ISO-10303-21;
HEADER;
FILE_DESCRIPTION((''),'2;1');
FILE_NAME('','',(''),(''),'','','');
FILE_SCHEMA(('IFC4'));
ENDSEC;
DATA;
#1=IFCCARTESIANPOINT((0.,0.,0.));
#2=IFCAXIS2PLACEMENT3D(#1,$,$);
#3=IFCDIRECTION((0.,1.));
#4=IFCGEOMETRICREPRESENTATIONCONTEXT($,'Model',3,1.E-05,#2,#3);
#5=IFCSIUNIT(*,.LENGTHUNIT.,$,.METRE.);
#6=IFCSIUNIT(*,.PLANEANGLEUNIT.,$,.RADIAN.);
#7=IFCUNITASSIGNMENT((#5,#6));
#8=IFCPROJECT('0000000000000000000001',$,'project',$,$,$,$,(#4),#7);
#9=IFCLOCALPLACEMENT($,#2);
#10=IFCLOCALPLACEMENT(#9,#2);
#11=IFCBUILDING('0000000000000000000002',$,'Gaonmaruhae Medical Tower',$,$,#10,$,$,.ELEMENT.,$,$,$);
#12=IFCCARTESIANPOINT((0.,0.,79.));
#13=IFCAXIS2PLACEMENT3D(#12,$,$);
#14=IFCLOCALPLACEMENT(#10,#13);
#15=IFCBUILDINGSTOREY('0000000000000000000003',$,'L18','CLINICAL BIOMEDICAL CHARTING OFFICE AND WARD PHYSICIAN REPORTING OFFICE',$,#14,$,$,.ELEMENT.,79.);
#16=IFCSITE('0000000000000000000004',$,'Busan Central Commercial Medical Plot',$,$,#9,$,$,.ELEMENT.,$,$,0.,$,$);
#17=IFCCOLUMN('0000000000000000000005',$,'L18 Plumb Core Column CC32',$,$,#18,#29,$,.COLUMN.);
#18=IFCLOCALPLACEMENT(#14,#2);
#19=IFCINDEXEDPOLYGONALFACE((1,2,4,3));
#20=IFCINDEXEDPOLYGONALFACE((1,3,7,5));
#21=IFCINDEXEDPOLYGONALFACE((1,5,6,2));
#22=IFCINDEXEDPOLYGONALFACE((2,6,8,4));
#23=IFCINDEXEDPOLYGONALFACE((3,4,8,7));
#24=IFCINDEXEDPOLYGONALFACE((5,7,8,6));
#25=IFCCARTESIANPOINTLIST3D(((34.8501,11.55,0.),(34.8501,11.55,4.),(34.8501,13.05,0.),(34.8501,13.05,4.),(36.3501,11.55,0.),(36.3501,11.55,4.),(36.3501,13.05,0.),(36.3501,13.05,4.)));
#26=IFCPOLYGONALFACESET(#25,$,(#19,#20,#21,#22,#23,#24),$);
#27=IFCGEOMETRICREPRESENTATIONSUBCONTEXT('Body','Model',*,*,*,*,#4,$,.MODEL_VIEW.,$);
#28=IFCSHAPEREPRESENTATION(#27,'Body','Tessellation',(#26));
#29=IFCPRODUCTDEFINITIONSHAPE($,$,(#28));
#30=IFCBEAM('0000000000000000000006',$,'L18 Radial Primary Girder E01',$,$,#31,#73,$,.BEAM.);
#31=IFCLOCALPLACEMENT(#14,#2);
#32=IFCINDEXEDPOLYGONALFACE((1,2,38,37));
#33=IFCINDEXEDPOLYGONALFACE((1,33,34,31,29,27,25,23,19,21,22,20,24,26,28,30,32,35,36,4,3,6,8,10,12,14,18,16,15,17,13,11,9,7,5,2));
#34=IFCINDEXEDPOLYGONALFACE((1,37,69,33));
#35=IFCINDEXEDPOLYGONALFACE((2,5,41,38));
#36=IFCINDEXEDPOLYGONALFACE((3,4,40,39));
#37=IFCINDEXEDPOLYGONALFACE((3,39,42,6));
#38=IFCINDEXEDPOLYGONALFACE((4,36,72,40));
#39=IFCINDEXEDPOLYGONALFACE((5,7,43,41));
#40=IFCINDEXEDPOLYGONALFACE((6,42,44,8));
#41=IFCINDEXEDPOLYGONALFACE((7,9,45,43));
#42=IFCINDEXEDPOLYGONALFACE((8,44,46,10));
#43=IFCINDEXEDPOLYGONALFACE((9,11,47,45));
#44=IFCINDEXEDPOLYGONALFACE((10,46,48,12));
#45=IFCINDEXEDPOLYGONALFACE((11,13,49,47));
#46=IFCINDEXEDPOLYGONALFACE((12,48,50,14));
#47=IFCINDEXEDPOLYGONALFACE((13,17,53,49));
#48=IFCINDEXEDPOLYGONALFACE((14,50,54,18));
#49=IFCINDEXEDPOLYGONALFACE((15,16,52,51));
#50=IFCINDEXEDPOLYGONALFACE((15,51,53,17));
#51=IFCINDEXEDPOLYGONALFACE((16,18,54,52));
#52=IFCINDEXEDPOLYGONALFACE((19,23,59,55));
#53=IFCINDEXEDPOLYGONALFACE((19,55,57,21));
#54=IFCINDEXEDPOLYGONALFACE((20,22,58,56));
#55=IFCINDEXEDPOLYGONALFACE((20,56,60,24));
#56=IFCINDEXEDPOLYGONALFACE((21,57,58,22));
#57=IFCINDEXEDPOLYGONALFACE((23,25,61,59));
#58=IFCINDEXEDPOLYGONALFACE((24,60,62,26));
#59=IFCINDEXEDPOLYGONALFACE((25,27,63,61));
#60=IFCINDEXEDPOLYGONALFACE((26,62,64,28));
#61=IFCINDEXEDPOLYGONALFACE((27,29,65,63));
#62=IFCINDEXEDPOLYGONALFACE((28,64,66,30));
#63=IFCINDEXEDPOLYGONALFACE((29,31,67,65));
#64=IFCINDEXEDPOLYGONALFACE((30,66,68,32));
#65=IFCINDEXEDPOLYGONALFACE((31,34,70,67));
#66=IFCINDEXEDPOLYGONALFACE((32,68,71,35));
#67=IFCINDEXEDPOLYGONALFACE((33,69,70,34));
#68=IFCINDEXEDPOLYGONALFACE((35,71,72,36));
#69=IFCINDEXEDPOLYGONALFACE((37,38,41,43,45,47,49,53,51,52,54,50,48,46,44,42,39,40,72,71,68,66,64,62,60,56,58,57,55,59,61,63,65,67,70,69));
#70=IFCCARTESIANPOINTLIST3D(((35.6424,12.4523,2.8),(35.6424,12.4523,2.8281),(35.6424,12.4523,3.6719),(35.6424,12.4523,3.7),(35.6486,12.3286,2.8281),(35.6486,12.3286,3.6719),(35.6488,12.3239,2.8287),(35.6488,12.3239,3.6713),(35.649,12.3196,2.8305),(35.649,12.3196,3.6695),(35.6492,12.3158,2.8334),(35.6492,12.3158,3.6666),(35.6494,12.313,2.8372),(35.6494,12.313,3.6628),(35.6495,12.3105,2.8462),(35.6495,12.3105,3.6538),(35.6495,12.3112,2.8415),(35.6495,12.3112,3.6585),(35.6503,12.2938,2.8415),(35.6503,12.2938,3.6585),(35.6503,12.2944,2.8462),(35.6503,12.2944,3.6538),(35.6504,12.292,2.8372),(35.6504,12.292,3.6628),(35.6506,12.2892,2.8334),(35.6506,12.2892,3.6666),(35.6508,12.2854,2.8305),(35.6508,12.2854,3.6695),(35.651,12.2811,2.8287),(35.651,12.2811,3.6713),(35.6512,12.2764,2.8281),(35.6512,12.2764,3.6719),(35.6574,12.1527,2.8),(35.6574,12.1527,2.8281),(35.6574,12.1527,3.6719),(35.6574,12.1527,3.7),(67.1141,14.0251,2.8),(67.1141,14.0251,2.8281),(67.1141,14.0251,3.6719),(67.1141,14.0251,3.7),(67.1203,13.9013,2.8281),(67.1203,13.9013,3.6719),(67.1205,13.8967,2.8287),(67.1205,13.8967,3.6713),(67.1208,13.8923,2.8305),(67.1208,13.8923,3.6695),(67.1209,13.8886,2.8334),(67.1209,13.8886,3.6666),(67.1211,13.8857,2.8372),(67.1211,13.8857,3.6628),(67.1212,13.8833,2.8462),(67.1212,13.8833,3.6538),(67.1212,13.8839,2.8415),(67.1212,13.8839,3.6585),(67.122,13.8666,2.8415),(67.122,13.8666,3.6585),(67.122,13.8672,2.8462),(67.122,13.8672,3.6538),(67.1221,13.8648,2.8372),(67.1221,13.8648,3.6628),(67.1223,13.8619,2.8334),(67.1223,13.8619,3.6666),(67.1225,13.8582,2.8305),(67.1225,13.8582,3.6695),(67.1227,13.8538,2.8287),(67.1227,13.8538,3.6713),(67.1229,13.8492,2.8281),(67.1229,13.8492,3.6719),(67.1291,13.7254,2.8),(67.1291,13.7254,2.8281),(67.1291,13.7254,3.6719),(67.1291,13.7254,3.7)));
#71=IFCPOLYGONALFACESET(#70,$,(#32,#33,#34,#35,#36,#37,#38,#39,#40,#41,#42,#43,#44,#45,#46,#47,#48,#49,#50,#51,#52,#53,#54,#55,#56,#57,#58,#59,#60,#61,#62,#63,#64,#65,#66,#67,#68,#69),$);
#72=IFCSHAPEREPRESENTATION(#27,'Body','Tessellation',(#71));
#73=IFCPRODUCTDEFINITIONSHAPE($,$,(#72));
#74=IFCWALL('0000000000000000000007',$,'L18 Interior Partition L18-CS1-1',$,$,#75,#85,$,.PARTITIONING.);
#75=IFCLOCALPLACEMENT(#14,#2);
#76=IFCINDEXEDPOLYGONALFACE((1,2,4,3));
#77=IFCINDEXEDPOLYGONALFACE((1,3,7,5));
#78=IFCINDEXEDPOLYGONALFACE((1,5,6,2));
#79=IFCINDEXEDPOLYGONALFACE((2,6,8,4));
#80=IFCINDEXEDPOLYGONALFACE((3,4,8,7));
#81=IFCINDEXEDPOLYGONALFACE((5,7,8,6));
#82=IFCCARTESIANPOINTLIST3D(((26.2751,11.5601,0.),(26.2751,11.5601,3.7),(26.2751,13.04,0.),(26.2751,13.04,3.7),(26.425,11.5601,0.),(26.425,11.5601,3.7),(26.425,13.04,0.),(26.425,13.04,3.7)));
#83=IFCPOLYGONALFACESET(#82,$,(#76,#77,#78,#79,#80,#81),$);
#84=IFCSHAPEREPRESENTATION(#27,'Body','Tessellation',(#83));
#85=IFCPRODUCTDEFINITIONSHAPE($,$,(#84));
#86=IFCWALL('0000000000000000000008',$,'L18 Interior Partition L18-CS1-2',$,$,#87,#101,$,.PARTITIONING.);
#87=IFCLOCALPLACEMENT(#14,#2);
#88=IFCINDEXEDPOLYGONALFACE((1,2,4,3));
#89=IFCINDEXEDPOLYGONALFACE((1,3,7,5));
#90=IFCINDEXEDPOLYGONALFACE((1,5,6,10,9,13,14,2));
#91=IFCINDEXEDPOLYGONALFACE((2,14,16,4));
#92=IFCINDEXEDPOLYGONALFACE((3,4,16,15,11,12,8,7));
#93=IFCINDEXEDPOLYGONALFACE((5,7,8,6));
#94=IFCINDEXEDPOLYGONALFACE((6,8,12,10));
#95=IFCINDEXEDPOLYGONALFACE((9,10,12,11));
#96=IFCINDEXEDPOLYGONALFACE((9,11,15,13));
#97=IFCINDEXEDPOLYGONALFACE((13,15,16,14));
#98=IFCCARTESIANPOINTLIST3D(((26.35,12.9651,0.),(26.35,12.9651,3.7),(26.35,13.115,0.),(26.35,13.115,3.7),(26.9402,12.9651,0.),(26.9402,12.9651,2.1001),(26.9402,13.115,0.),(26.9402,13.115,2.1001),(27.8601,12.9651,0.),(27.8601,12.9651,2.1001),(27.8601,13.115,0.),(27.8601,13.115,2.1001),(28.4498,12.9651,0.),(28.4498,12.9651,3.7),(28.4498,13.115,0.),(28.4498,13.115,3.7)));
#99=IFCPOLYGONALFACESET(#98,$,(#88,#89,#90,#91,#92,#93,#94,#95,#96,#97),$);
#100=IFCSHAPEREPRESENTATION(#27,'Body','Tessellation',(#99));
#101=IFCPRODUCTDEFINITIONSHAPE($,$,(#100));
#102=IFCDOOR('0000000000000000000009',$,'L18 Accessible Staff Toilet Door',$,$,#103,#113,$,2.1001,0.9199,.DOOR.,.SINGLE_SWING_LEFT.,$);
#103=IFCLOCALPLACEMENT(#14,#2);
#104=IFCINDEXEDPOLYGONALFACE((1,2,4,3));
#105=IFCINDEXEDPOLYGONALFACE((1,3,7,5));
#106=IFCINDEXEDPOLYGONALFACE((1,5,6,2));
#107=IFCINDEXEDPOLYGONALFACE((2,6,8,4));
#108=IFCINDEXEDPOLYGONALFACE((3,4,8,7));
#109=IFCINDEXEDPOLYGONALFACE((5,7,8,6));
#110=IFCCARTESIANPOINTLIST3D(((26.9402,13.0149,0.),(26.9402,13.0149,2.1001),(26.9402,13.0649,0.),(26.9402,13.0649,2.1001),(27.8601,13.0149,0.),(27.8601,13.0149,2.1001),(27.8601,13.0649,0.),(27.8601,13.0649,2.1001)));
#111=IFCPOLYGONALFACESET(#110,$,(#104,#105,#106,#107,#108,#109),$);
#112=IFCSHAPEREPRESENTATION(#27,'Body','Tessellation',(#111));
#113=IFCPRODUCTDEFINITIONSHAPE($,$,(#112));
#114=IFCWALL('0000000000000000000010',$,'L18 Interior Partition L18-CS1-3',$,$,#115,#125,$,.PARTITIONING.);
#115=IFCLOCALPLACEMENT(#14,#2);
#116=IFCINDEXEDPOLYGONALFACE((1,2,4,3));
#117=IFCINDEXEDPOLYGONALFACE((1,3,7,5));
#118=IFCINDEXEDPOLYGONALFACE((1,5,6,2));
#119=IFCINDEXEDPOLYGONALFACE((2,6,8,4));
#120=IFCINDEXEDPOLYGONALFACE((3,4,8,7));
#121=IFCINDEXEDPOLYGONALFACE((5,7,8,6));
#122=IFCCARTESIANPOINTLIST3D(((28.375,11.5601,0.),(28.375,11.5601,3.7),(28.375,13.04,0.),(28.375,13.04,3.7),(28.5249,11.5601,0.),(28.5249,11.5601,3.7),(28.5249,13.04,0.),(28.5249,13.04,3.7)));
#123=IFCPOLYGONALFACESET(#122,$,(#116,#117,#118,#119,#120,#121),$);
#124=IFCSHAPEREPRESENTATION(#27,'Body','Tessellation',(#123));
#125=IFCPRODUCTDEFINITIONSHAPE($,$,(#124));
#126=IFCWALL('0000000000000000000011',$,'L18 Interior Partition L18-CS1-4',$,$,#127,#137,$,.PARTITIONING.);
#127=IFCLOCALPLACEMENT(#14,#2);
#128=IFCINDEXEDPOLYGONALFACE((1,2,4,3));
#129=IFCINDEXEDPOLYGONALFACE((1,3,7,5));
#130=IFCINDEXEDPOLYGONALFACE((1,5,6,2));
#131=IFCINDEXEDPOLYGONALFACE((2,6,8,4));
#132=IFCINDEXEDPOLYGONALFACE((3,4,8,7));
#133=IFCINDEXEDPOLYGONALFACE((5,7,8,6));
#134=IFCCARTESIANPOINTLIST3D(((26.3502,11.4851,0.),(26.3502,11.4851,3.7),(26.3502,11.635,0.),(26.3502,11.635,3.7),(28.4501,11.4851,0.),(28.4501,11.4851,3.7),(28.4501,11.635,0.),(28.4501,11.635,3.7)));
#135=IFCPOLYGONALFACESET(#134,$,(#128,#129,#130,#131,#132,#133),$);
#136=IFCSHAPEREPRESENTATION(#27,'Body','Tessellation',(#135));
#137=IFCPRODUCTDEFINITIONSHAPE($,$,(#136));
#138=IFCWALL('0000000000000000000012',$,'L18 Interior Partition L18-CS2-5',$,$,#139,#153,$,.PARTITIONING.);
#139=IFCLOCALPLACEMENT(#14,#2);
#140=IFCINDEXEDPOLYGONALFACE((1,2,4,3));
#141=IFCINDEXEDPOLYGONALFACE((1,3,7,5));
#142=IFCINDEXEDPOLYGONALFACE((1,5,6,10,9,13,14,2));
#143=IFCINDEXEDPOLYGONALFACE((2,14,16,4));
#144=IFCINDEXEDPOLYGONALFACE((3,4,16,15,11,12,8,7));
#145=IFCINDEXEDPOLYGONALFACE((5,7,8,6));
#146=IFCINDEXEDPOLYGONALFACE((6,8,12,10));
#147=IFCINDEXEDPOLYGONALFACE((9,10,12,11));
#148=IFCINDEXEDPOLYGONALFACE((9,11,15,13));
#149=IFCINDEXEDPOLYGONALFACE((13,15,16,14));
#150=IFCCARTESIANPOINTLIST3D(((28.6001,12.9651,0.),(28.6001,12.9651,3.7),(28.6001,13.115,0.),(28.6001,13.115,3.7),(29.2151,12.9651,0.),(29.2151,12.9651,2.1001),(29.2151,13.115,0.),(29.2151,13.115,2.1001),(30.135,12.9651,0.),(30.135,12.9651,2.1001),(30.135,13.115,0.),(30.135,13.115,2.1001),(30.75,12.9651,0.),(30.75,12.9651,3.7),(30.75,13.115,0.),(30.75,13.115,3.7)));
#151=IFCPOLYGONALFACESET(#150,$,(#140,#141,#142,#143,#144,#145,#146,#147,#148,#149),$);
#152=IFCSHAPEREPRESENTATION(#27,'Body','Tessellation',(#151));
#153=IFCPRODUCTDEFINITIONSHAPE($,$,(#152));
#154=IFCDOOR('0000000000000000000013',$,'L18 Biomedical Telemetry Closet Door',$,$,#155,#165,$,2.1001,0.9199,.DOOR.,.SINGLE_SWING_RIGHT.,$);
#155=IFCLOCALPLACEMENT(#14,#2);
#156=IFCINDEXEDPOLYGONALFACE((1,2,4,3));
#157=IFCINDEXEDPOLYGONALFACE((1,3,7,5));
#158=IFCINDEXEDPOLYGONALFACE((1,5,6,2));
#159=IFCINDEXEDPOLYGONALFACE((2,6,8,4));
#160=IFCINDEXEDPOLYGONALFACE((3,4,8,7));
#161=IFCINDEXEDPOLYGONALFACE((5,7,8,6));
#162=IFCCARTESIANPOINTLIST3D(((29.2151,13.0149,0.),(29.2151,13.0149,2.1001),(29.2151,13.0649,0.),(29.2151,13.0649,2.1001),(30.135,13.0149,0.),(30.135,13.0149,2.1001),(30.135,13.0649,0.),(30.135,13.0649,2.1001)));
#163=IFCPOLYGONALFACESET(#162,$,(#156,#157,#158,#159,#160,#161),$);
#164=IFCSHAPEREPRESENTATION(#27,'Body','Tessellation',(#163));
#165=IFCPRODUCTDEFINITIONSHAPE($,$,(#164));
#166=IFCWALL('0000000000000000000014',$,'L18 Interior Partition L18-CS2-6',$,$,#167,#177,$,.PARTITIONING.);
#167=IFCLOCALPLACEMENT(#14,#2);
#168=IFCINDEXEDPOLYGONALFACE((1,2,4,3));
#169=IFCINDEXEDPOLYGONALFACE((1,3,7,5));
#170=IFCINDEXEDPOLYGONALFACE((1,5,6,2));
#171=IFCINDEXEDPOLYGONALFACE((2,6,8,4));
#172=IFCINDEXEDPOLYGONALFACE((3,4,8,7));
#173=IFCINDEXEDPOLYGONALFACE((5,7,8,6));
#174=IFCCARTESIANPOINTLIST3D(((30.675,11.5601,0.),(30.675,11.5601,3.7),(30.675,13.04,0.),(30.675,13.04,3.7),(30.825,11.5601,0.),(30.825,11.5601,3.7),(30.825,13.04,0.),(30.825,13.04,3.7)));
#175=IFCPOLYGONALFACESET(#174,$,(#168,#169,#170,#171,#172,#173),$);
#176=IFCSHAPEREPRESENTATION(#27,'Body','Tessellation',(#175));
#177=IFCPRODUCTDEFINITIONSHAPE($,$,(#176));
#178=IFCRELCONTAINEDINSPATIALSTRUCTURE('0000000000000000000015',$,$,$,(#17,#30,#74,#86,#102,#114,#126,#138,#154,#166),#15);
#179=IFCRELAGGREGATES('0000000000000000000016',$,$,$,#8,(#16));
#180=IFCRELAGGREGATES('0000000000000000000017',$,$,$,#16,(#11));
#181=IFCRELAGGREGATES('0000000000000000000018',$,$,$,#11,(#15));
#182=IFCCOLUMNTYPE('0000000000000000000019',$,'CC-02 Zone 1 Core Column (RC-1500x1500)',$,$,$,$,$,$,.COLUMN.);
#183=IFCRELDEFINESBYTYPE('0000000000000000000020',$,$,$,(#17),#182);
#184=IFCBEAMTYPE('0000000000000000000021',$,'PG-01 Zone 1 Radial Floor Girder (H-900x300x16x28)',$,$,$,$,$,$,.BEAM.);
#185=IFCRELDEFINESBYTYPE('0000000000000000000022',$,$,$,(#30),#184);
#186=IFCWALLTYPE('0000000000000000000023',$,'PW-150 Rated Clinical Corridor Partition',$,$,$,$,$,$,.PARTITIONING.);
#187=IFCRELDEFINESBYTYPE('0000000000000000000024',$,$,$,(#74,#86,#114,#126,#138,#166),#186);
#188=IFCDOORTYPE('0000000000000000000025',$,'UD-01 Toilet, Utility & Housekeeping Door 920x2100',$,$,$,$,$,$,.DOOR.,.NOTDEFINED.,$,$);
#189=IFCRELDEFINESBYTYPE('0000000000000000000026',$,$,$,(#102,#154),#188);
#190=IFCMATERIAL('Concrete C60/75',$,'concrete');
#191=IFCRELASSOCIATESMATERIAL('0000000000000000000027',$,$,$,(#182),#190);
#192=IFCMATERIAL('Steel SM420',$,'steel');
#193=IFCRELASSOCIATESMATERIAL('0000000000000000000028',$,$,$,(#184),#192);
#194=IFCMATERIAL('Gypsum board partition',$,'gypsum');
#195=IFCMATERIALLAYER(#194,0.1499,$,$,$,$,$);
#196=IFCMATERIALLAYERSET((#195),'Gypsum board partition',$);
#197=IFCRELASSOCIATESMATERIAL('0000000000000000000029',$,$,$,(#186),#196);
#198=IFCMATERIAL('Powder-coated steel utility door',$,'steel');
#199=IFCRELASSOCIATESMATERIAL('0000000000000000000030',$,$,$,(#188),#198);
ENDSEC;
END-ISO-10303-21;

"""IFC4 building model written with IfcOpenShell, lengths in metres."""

from ifc_helpers import new_model, si_unit, direction, frame, frame_2d, origin, origin_2d, place, context, subcontext, project, spatial, rectangle, i_section, extrude, material, layer, layer_set, material_profile, profile_set, type_object, element, fill, save


model = new_model("IFC4")

# Units and contexts
model_context = context("Model", 3, precision=1e-05, world=origin(), true_north=direction((0.0, 1.0)))
body_context = subcontext(model_context, "Body", "Model", "MODEL_VIEW")
ifc_project = project(units=[si_unit("LENGTHUNIT", "METRE"), si_unit("PLANEANGLEUNIT", "RADIAN")], contexts=[model_context])

# Site, building, storey
site_placement = place(None, origin())
site = spatial("IfcSite", under=ifc_project, at=site_placement, Name="Busan Central Commercial Medical Plot", CompositionType="ELEMENT", RefElevation=0.0)
building_placement = place(site_placement, origin())
building = spatial("IfcBuilding", under=site, at=building_placement, Name="Gaonmaruhae Medical Tower", CompositionType="ELEMENT")
storey_placement = place(building_placement, frame((0.0, 0.0, 79.0)))
storey = spatial("IfcBuildingStorey", under=building, at=storey_placement, Name="L18", Description="CLINICAL BIOMEDICAL CHARTING OFFICE AND WARD PHYSICIAN REPORTING OFFICE", CompositionType="ELEMENT", Elevation=79.0)

# Column
ifc_material_1 = material(Name="Concrete C60/75", Category="concrete")
ifc_material_profile_1 = material_profile(ifc_material_1, rectangle(XDim=1.5, YDim=1.5, at=origin_2d()), Name="RC-1500x1500")
ifc_profile_set_1 = profile_set([ifc_material_profile_1], Name="Concrete C60/75")
column_type = type_object("IfcColumnType", Name="CC-02 Zone 1 Core Column (RC-1500x1500)", PredefinedType="COLUMN", material=ifc_profile_set_1)
column_placement = place(storey_placement, frame((35.6001, 12.3, 0.0), z_axis=(0.0, 0.0, 1.0), x_axis=(1.0, 0.0, 0.0)))
element("IfcColumn", 1, at=column_placement, inside=storey, type_object=column_type, Name="L18 Plumb Core Column CC32", PredefinedType="COLUMN", context=body_context, shape_type="SweptSolid", body=[
    extrude(rectangle(XDim=1.5, YDim=1.5, at=origin_2d()), origin(), (0.0, 0.0, 1.0), 4.0),
])

# Beam
ifc_material_2 = material(Name="Steel SM420", Category="steel")
ifc_material_profile_2 = material_profile(ifc_material_2, i_section(OverallWidth=0.3, OverallDepth=0.8999, WebThickness=0.0161, FlangeThickness=0.0281, FilletRadius=0.0181, at=origin_2d()), Name="H-900x300x16x28")
ifc_profile_set_2 = profile_set([ifc_material_profile_2], Name="Steel SM420")
beam_type = type_object("IfcBeamType", Name="PG-01 Zone 1 Radial Floor Girder (H-900x300x16x28)", PredefinedType="BEAM", material=ifc_profile_set_2)
beam_placement = place(storey_placement, frame((35.6499, 12.3025, 3.25), z_axis=(0.998754, 0.049911, 0.0), x_axis=(-0.049911, 0.998754, 0.0)))
element("IfcBeam", 2, at=beam_placement, inside=storey, type_object=beam_type, Name="L18 Radial Primary Girder E01", PredefinedType="BEAM", context=body_context, shape_type="SweptSolid", body=[
    extrude(i_section(OverallWidth=0.3, OverallDepth=0.8999, WebThickness=0.0161, FlangeThickness=0.0281, FilletRadius=0.0181, at=origin_2d()), origin(), (0.0, 0.0, 1.0), 31.511),
])

# Wall
ifc_material_3 = material(Name="Gypsum board partition", Category="gypsum")
ifc_layer_1 = layer(ifc_material_3, 0.1499)
ifc_layer_set_1 = layer_set([ifc_layer_1], Name="Gypsum board partition")
wall_type_1 = type_object("IfcWallType", Name="PW-150 Rated Clinical Corridor Partition", PredefinedType="PARTITIONING", material=ifc_layer_set_1)
wall_1_placement = place(storey_placement, frame((26.3501, 11.5601, 0.0), z_axis=(0.0, 0.0, 1.0), x_axis=(0.0, 1.0, 0.0)))
element("IfcWall", 3, at=wall_1_placement, inside=storey, type_object=wall_type_1, Name="L18 Interior Partition L18-CS1-1", PredefinedType="PARTITIONING", context=body_context, shape_type="SweptSolid", body=[
    extrude(rectangle(XDim=1.48, YDim=0.1499, at=frame_2d((0.74, 0.0))), origin(), (0.0, 0.0, 1.0), 3.7),
])

# Wall, opening, door
wall_2_placement = place(storey_placement, frame((26.3501, 13.04, 0.0), z_axis=(0.0, 0.0, 1.0), x_axis=(1.0, 0.0, 0.0)))
wall_2 = element("IfcWall", 4, at=wall_2_placement, inside=storey, type_object=wall_type_1, Name="L18 Interior Partition L18-CS1-2", PredefinedType="PARTITIONING", context=body_context, shape_type="SweptSolid", body=[
    extrude(rectangle(XDim=2.0999, YDim=0.1499, at=frame_2d((1.0498, 0.0))), origin(), (0.0, 0.0, 1.0), 3.7),
])
opening_1_placement = place(wall_2_placement, frame((0.5901, 0.0, 0.0)))
opening_1 = element("IfcOpeningElement", 5, at=opening_1_placement, cuts=wall_2, PredefinedType="OPENING", context=body_context, shape_type="SweptSolid", body=[
    extrude(rectangle(XDim=0.9199, YDim=2.1001, at=frame_2d((0.46, 1.05))), frame((0.0, 0.085, 0.0), z_axis=(0.0, -1.0, 0.0), x_axis=(1.0, 0.0, 0.0)), (0.0, 0.0, 1.0), 0.1699),
])
ifc_material_4 = material(Name="Powder-coated steel utility door", Category="steel")
door_type_1 = type_object("IfcDoorType", Name="UD-01 Toilet, Utility & Housekeeping Door 920x2100", OperationType="NOTDEFINED", PredefinedType="DOOR", material=ifc_material_4)
door_1_placement = place(opening_1_placement, origin())
door_1 = element("IfcDoor", 6, at=door_1_placement, inside=storey, type_object=door_type_1, Name="L18 Accessible Staff Toilet Door", OperationType="SINGLE_SWING_LEFT", OverallHeight=2.1001, OverallWidth=0.9199, PredefinedType="DOOR", context=body_context, shape_type="SweptSolid", body=[
    extrude(rectangle(XDim=0.9199, YDim=2.1001, at=frame_2d((0.46, 1.05))), frame((0.0, 0.0249, 0.0), z_axis=(0.0, -1.0, 0.0), x_axis=(1.0, 0.0, 0.0)), (0.0, 0.0, 1.0), 0.05),
])
fill(opening_1, door_1)

# Walls
wall_3_placement = place(storey_placement, frame((28.45, 13.04, 0.0), z_axis=(0.0, 0.0, 1.0), x_axis=(0.0, -1.0, 0.0)))
element("IfcWall", 7, at=wall_3_placement, inside=storey, type_object=wall_type_1, Name="L18 Interior Partition L18-CS1-3", PredefinedType="PARTITIONING", context=body_context, shape_type="SweptSolid", body=[
    extrude(rectangle(XDim=1.48, YDim=0.1499, at=frame_2d((0.74, 0.0))), origin(), (0.0, 0.0, 1.0), 3.7),
])
wall_4_placement = place(storey_placement, frame((28.45, 11.5601, 0.0), z_axis=(0.0, 0.0, 1.0), x_axis=(-1.0, 0.0, 0.0)))
element("IfcWall", 8, at=wall_4_placement, inside=storey, type_object=wall_type_1, Name="L18 Interior Partition L18-CS1-4", PredefinedType="PARTITIONING", context=body_context, shape_type="SweptSolid", body=[
    extrude(rectangle(XDim=2.0999, YDim=0.1499, at=frame_2d((1.0498, 0.0))), origin(), (0.0, 0.0, 1.0), 3.7),
])

# Wall, opening, door
wall_5_placement = place(storey_placement, frame((28.6001, 13.04, 0.0), z_axis=(0.0, 0.0, 1.0), x_axis=(1.0, 0.0, 0.0)))
wall_5 = element("IfcWall", 9, at=wall_5_placement, inside=storey, type_object=wall_type_1, Name="L18 Interior Partition L18-CS2-5", PredefinedType="PARTITIONING", context=body_context, shape_type="SweptSolid", body=[
    extrude(rectangle(XDim=2.1499, YDim=0.1499, at=frame_2d((1.075, 0.0))), origin(), (0.0, 0.0, 1.0), 3.7),
])
opening_2_placement = place(wall_5_placement, frame((0.615, 0.0, 0.0)))
opening_2 = element("IfcOpeningElement", 10, at=opening_2_placement, cuts=wall_5, PredefinedType="OPENING", context=body_context, shape_type="SweptSolid", body=[
    extrude(rectangle(XDim=0.9199, YDim=2.1001, at=frame_2d((0.46, 1.05))), frame((0.0, 0.085, 0.0), z_axis=(0.0, -1.0, 0.0), x_axis=(1.0, 0.0, 0.0)), (0.0, 0.0, 1.0), 0.1699),
])
door_2_placement = place(opening_2_placement, origin())
door_2 = element("IfcDoor", 11, at=door_2_placement, inside=storey, type_object=door_type_1, Name="L18 Biomedical Telemetry Closet Door", OperationType="SINGLE_SWING_RIGHT", OverallHeight=2.1001, OverallWidth=0.9199, PredefinedType="DOOR", context=body_context, shape_type="SweptSolid", body=[
    extrude(rectangle(XDim=0.9199, YDim=2.1001, at=frame_2d((0.46, 1.05))), frame((0.0, 0.0249, 0.0), z_axis=(0.0, -1.0, 0.0), x_axis=(1.0, 0.0, 0.0)), (0.0, 0.0, 1.0), 0.05),
])
fill(opening_2, door_2)

# Wall
wall_6_placement = place(storey_placement, frame((30.75, 13.04, 0.0), z_axis=(0.0, 0.0, 1.0), x_axis=(0.0, -1.0, 0.0)))
element("IfcWall", 12, at=wall_6_placement, inside=storey, type_object=wall_type_1, Name="L18 Interior Partition L18-CS2-6", PredefinedType="PARTITIONING", context=body_context, shape_type="SweptSolid", body=[
    extrude(rectangle(XDim=1.48, YDim=0.1499, at=frame_2d((0.74, 0.0))), origin(), (0.0, 0.0, 1.0), 3.7),
])

save(model, "model.ifc")
